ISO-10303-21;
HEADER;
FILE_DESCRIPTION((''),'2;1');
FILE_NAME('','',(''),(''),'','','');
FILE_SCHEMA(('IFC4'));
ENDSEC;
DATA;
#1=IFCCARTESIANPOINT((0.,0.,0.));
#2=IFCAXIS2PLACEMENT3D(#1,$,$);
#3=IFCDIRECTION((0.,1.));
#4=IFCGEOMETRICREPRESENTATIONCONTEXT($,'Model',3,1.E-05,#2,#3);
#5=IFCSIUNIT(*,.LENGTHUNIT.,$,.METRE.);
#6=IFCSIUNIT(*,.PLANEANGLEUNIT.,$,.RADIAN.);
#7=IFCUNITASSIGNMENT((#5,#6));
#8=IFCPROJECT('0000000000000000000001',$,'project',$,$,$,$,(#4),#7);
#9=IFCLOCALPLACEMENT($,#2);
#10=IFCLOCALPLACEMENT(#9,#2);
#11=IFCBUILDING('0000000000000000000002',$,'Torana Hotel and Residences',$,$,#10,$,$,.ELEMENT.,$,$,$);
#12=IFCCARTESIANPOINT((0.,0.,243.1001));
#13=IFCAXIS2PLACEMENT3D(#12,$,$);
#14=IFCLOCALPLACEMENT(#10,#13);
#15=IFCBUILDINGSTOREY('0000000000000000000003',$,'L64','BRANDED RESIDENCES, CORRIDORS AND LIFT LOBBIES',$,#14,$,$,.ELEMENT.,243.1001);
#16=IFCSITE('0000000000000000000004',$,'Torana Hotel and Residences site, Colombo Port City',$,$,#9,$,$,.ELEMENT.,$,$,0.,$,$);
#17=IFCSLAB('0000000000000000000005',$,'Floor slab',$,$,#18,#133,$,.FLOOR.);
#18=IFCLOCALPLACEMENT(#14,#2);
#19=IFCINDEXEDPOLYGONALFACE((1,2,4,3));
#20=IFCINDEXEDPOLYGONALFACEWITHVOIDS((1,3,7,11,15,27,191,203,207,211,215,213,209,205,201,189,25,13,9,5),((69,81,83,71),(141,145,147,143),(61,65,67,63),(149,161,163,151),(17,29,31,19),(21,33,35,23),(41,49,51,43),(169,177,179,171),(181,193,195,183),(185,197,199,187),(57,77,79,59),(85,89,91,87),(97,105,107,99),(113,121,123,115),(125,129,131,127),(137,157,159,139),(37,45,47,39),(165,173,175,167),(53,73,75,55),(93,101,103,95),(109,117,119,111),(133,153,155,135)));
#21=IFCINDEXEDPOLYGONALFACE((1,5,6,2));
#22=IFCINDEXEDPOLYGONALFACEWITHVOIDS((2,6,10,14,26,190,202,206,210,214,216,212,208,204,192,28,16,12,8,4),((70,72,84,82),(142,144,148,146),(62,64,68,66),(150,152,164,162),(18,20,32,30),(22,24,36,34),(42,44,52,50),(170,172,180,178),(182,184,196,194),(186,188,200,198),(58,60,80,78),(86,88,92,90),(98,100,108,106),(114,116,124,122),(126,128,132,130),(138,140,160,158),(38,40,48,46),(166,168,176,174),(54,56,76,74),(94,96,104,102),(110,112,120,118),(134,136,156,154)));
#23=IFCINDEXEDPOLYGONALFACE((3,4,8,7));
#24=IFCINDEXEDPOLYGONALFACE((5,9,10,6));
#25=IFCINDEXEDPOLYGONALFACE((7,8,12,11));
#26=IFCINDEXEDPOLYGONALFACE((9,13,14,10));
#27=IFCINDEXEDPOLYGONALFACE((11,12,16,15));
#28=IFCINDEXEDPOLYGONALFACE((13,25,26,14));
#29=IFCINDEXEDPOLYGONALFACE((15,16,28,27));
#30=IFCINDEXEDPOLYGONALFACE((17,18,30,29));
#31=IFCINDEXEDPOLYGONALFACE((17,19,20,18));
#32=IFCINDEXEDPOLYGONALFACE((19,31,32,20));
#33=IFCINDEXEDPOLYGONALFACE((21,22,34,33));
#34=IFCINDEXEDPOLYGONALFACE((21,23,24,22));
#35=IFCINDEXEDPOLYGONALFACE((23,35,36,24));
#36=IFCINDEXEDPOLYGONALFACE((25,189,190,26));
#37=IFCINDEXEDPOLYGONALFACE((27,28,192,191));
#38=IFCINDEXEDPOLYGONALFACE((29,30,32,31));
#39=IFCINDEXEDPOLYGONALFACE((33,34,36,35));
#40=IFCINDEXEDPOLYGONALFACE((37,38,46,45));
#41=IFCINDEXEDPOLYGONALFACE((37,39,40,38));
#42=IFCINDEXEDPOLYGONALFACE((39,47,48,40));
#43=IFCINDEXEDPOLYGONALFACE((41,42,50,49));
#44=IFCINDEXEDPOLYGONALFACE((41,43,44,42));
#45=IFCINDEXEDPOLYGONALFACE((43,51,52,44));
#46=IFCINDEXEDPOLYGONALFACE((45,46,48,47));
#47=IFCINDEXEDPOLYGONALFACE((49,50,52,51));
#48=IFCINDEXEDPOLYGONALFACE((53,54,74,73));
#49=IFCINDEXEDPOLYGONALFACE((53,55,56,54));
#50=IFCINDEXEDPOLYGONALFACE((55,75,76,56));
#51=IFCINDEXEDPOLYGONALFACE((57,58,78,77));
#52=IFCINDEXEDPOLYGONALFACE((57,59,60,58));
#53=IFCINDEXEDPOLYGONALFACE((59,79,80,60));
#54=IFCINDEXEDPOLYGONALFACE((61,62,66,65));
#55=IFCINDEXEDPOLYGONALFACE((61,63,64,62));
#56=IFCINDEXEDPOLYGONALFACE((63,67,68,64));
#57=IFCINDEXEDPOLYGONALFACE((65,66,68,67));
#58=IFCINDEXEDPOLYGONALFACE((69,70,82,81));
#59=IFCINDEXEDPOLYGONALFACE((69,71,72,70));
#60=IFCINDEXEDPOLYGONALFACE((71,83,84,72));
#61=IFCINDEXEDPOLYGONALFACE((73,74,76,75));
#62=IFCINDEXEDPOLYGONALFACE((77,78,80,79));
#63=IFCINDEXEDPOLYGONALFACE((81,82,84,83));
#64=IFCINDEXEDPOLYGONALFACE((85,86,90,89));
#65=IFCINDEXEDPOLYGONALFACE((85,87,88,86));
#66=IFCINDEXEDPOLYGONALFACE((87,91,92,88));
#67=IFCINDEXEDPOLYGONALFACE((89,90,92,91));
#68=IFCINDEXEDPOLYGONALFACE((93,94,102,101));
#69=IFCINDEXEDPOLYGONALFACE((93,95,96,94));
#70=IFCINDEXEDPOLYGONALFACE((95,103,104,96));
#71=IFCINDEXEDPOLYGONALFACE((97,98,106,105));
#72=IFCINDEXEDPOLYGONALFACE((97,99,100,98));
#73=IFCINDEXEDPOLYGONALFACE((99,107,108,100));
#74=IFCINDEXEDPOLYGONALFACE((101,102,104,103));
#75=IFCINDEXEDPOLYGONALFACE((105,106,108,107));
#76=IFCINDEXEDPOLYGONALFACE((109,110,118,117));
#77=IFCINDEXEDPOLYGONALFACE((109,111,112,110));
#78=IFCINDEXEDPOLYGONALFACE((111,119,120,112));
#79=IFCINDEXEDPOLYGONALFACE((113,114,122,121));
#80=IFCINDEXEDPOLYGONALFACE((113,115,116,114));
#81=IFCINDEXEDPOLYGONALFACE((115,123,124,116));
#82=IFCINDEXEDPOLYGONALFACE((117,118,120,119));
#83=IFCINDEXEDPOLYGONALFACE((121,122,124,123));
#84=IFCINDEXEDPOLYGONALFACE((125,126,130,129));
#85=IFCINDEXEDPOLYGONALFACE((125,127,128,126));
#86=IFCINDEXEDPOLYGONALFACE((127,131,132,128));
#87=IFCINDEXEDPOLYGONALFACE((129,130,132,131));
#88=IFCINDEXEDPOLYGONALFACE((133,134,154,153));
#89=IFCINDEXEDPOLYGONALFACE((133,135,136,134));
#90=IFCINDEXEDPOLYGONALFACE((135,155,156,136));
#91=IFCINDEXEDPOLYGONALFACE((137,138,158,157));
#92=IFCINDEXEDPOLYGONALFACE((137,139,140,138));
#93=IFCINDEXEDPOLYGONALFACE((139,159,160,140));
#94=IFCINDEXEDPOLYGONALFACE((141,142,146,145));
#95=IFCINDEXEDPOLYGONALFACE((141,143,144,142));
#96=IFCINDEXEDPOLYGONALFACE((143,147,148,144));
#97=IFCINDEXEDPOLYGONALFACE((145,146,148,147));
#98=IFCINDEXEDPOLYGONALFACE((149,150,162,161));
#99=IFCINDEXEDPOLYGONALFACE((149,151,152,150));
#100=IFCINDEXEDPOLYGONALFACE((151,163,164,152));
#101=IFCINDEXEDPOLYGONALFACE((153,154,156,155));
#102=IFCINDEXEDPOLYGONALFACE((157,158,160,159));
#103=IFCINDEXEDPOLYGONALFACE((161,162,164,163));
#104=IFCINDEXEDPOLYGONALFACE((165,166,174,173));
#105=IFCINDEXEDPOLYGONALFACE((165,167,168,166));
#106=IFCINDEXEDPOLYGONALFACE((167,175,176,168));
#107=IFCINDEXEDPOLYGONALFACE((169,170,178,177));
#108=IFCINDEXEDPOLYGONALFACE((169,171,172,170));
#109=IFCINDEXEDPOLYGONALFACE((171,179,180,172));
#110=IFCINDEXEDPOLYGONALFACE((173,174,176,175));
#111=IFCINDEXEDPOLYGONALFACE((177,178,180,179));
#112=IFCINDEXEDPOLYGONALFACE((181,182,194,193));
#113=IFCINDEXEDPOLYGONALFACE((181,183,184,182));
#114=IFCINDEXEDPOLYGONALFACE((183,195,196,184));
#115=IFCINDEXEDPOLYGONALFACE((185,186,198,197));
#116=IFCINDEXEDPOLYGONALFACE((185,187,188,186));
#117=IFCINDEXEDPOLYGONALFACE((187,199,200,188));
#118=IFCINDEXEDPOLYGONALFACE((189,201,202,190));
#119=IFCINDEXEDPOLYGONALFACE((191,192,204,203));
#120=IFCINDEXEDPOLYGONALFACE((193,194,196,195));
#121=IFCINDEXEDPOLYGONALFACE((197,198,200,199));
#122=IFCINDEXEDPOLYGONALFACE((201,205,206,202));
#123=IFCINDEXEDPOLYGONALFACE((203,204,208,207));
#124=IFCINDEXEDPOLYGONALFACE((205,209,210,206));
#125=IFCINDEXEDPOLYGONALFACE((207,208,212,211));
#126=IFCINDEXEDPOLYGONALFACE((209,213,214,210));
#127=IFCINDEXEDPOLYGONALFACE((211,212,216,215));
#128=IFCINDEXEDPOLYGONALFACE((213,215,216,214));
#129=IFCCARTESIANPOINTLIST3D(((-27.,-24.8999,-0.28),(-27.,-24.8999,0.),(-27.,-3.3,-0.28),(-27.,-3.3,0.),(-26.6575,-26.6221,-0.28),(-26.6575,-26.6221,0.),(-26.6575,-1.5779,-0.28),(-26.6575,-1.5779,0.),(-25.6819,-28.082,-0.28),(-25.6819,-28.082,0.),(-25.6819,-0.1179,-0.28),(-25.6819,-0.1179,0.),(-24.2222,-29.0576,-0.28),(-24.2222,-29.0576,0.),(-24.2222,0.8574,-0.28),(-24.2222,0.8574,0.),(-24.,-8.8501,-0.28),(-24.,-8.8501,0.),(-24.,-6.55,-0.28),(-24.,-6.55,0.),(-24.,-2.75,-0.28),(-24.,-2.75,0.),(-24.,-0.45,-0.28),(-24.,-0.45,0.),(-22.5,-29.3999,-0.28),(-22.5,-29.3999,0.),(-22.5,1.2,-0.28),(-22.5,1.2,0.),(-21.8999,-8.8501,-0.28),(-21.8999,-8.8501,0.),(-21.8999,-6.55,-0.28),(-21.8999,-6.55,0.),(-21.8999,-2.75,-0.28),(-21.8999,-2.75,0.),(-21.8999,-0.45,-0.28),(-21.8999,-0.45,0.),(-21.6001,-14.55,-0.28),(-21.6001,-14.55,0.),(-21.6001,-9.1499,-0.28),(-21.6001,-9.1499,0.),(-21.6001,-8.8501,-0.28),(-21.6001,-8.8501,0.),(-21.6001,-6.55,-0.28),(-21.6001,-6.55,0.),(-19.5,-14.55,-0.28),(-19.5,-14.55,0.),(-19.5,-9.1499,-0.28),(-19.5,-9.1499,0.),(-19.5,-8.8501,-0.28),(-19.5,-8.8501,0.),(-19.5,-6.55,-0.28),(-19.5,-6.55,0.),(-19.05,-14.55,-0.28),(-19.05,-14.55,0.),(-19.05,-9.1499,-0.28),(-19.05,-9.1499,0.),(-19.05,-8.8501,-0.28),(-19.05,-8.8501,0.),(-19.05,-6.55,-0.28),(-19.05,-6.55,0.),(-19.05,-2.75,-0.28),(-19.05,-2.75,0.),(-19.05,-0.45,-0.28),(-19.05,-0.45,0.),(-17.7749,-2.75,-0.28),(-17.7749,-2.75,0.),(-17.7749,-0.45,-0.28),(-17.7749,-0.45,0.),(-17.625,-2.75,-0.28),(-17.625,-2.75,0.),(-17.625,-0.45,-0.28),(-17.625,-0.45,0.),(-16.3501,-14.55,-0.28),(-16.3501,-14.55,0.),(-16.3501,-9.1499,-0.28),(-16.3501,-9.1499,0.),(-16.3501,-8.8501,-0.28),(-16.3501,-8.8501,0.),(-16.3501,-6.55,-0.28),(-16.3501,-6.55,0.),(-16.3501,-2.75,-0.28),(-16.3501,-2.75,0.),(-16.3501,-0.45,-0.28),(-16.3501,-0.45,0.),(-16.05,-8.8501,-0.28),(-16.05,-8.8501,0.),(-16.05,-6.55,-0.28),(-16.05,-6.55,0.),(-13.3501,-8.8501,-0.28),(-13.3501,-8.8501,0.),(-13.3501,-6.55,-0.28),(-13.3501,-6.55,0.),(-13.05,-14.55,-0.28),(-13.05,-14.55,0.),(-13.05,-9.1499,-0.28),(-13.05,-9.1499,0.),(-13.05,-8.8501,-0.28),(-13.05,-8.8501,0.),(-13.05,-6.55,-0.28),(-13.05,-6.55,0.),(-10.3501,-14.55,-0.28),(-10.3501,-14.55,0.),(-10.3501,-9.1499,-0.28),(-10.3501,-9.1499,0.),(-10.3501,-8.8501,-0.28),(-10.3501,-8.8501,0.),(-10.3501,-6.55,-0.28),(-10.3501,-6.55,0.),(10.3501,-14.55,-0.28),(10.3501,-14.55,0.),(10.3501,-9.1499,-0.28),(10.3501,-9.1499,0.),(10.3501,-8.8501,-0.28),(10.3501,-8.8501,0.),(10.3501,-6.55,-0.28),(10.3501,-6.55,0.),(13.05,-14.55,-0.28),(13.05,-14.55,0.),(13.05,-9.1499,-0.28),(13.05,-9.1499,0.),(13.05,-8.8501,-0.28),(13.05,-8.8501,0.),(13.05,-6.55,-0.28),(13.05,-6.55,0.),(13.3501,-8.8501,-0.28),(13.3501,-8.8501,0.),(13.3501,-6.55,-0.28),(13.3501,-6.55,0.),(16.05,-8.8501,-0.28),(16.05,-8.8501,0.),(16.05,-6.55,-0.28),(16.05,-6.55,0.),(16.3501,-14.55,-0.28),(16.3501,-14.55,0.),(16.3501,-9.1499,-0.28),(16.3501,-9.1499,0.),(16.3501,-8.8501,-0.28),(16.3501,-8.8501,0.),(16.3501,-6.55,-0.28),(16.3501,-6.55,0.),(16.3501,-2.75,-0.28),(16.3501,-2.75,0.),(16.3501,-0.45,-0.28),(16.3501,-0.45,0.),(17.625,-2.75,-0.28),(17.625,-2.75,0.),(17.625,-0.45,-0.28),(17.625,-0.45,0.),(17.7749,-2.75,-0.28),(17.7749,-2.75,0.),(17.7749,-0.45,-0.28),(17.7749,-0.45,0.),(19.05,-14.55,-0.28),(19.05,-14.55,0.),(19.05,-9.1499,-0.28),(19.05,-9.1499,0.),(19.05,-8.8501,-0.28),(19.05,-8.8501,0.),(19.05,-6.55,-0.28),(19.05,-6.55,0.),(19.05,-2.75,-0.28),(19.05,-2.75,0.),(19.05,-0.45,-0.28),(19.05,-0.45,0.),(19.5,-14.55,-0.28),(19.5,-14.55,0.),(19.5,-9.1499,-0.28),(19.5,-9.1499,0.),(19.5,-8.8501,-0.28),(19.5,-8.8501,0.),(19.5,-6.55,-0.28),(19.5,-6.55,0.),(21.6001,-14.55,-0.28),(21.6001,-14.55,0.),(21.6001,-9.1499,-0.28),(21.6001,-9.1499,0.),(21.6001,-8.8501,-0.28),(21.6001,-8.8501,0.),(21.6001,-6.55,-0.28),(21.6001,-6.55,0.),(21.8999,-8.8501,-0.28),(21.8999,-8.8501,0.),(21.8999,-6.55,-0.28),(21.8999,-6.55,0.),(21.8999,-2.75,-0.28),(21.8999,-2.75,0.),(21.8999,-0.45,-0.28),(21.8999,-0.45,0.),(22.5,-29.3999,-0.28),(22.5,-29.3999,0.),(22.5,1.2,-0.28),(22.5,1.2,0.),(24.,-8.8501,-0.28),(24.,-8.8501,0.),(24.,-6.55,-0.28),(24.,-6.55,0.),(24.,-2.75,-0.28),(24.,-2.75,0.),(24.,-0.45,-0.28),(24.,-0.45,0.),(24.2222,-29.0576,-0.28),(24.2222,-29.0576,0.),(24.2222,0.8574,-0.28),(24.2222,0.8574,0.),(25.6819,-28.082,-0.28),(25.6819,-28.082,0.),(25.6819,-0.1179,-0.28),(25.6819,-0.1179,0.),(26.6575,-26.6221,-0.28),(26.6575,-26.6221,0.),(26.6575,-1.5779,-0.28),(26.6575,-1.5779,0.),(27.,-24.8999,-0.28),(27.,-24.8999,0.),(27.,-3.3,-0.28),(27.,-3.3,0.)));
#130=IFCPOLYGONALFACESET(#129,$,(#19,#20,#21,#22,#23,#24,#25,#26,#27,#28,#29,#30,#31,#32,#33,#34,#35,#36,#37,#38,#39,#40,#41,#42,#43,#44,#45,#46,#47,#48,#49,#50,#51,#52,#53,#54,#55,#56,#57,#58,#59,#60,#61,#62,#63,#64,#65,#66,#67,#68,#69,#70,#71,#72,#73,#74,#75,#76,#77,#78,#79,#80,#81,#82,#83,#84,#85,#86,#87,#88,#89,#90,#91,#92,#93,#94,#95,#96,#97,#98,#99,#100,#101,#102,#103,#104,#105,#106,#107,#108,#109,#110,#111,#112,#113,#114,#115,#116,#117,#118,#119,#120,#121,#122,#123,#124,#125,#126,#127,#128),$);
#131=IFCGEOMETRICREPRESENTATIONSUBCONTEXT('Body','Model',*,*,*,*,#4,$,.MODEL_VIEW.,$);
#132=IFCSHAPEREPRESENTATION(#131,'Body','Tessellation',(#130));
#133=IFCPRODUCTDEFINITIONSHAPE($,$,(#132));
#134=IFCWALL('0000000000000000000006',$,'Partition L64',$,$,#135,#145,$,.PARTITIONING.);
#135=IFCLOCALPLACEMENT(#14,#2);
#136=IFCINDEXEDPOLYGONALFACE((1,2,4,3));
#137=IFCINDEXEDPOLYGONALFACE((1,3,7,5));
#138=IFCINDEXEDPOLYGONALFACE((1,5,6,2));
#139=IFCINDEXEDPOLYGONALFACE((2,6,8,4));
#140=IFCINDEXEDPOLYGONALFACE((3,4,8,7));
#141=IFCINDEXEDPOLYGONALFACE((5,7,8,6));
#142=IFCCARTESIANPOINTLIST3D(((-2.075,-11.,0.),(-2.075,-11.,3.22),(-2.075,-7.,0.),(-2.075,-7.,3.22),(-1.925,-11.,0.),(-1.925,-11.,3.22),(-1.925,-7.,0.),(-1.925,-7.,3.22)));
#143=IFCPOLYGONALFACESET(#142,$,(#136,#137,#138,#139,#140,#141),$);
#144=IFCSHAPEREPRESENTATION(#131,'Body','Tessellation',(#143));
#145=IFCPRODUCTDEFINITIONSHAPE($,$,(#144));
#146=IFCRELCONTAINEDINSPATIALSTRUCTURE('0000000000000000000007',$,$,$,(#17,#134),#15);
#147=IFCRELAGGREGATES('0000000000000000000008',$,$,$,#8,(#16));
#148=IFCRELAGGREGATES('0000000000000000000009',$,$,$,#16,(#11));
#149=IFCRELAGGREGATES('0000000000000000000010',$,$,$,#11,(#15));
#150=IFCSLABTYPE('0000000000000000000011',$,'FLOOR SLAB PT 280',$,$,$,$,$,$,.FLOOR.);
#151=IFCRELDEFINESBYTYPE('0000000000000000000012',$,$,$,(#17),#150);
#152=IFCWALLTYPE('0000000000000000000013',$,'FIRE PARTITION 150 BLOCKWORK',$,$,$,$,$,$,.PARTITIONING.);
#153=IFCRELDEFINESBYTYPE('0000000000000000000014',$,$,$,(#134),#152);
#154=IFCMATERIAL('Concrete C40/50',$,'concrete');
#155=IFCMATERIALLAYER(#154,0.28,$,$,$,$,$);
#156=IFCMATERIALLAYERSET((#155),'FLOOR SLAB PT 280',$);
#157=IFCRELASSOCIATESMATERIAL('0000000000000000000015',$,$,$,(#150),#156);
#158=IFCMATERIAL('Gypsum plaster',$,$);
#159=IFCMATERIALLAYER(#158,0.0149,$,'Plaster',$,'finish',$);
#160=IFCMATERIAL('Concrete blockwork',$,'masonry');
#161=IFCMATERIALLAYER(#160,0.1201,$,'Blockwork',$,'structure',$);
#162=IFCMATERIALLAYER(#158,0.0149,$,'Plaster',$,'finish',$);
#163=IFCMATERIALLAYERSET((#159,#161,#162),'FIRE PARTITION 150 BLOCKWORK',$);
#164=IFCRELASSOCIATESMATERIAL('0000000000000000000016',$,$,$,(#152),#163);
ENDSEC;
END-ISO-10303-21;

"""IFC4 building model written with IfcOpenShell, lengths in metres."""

from ifc_helpers import new_model, si_unit, direction, frame, frame_2d, origin, place, context, subcontext, project, spatial, polyline, rectangle, outline, extrude, material, layer, layer_set, type_object, element, save


model = new_model("IFC4")

# Units and contexts
model_context = context("Model", 3, precision=1e-05, world=origin(), true_north=direction((0.0, 1.0)))
body_context = subcontext(model_context, "Body", "Model", "MODEL_VIEW")
ifc_project = project(units=[si_unit("LENGTHUNIT", "METRE"), si_unit("PLANEANGLEUNIT", "RADIAN")], contexts=[model_context])

# Site, building, storey
site_placement = place(None, origin())
site = spatial("IfcSite", under=ifc_project, at=site_placement, Name="Torana Hotel and Residences site, Colombo Port City", CompositionType="ELEMENT", RefElevation=0.0)
building_placement = place(site_placement, origin())
building = spatial("IfcBuilding", under=site, at=building_placement, Name="Torana Hotel and Residences", CompositionType="ELEMENT")
storey_placement = place(building_placement, frame((0.0, 0.0, 243.1001)))
storey = spatial("IfcBuildingStorey", under=building, at=storey_placement, Name="L64", Description="BRANDED RESIDENCES, CORRIDORS AND LIFT LOBBIES", CompositionType="ELEMENT", Elevation=243.1001)

# Slab
ifc_material_1 = material(Name="Concrete C40/50", Category="concrete")
ifc_layer_1 = layer(ifc_material_1, 0.28)
ifc_layer_set_1 = layer_set([ifc_layer_1], Name="FLOOR SLAB PT 280")
slab_type_1 = type_object("IfcSlabType", Name="FLOOR SLAB PT 280", PredefinedType="FLOOR", material=ifc_layer_set_1)
slab_1_placement = place(storey_placement, frame((0.0, 0.0, -0.28)))
element("IfcSlab", 1, at=slab_1_placement, inside=storey, type_object=slab_type_1, Name="Floor slab", PredefinedType="FLOOR", context=body_context, shape_type="SweptSolid", body=[
    extrude(outline(polyline([(27.0, -3.3), (26.6575, -1.5779), (25.6819, -0.1179), (24.2222, 0.8574), (22.5, 1.2), (-22.5, 1.2), (-24.2222, 0.8574), (-25.6819, -0.1179), (-26.6575, -1.5779), (-27.0, -3.3), (-27.0, -24.8999), (-26.6575, -26.6221), (-25.6819, -28.082), (-24.2222, -29.0576), (-22.5, -29.3999), (22.5, -29.3999), (24.2222, -29.0576), (25.6819, -28.082), (26.6575, -26.6221), (27.0, -24.8999), (27.0, -3.3)]), holes=[polyline([(-13.05, -14.55), (-10.3501, -14.55), (-10.3501, -9.1499), (-13.05, -9.1499), (-13.05, -14.55)]), polyline([(-19.05, -14.55), (-16.3501, -14.55), (-16.3501, -9.1499), (-19.05, -9.1499), (-19.05, -14.55)]), polyline([(-17.625, -2.75), (-16.3501, -2.75), (-16.3501, -0.45), (-17.625, -0.45), (-17.625, -2.75)]), polyline([(-19.05, -2.75), (-17.7749, -2.75), (-17.7749, -0.45), (-19.05, -0.45), (-19.05, -2.75)]), polyline([(-21.6001, -8.8501), (-19.5, -8.8501), (-19.5, -6.55), (-21.6001, -6.55), (-21.6001, -8.8501)]), polyline([(-24.0, -2.75), (-21.8999, -2.75), (-21.8999, -0.45), (-24.0, -0.45), (-24.0, -2.75)]), polyline([(-24.0, -8.8501), (-21.8999, -8.8501), (-21.8999, -6.55), (-24.0, -6.55), (-24.0, -8.8501)]), polyline([(-13.05, -8.8501), (-10.3501, -8.8501), (-10.3501, -6.55), (-13.05, -6.55), (-13.05, -8.8501)]), polyline([(-16.05, -8.8501), (-13.3501, -8.8501), (-13.3501, -6.55), (-16.05, -6.55), (-16.05, -8.8501)]), polyline([(-19.05, -8.8501), (-16.3501, -8.8501), (-16.3501, -6.55), (-19.05, -6.55), (-19.05, -8.8501)]), polyline([(-21.6001, -14.55), (-19.5, -14.55), (-19.5, -9.1499), (-21.6001, -9.1499), (-21.6001, -14.55)]), polyline([(10.3501, -14.55), (13.05, -14.55), (13.05, -9.1499), (10.3501, -9.1499), (10.3501, -14.55)]), polyline([(16.3501, -14.55), (19.05, -14.55), (19.05, -9.1499), (16.3501, -9.1499), (16.3501, -14.55)]), polyline([(16.3501, -2.75), (17.625, -2.75), (17.625, -0.45), (16.3501, -0.45), (16.3501, -2.75)]), polyline([(17.7749, -2.75), (19.05, -2.75), (19.05, -0.45), (17.7749, -0.45), (17.7749, -2.75)]), polyline([(19.5, -8.8501), (21.6001, -8.8501), (21.6001, -6.55), (19.5, -6.55), (19.5, -8.8501)]), polyline([(21.8999, -2.75), (24.0, -2.75), (24.0, -0.45), (21.8999, -0.45), (21.8999, -2.75)]), polyline([(21.8999, -8.8501), (24.0, -8.8501), (24.0, -6.55), (21.8999, -6.55), (21.8999, -8.8501)]), polyline([(10.3501, -8.8501), (13.05, -8.8501), (13.05, -6.55), (10.3501, -6.55), (10.3501, -8.8501)]), polyline([(13.3501, -8.8501), (16.05, -8.8501), (16.05, -6.55), (13.3501, -6.55), (13.3501, -8.8501)]), polyline([(16.3501, -8.8501), (19.05, -8.8501), (19.05, -6.55), (16.3501, -6.55), (16.3501, -8.8501)]), polyline([(19.5, -14.55), (21.6001, -14.55), (21.6001, -9.1499), (19.5, -9.1499), (19.5, -14.55)])]), origin(), (0.0, 0.0, 1.0), 0.28),
])

# Wall
ifc_material_2 = material(Name="Gypsum plaster")
ifc_layer_2 = layer(ifc_material_2, 0.0149, Name="Plaster", Category="finish")
ifc_material_3 = material(Name="Concrete blockwork", Category="masonry")
ifc_layer_3 = layer(ifc_material_3, 0.1201, Name="Blockwork", Category="structure")
ifc_layer_4 = layer(ifc_material_2, 0.0149, Name="Plaster", Category="finish")
ifc_layer_set_2 = layer_set([ifc_layer_2, ifc_layer_3, ifc_layer_4], Name="FIRE PARTITION 150 BLOCKWORK")
wall_type_1 = type_object("IfcWallType", Name="FIRE PARTITION 150 BLOCKWORK", PredefinedType="PARTITIONING", material=ifc_layer_set_2)
wall_1_placement = place(storey_placement, frame((-2.0, -11.0, 0.0), z_axis=(0.0, 0.0, 1.0), x_axis=(0.0, 1.0, 0.0)))
element("IfcWall", 2, at=wall_1_placement, inside=storey, type_object=wall_type_1, Name="Partition L64", PredefinedType="PARTITIONING", context=body_context, shape_type="SweptSolid", body=[
    extrude(rectangle(XDim=4.0, YDim=0.1499, at=frame_2d((2.0, 0.0))), origin(), (0.0, 0.0, 1.0), 3.22),
])

save(model, "model.ifc")
